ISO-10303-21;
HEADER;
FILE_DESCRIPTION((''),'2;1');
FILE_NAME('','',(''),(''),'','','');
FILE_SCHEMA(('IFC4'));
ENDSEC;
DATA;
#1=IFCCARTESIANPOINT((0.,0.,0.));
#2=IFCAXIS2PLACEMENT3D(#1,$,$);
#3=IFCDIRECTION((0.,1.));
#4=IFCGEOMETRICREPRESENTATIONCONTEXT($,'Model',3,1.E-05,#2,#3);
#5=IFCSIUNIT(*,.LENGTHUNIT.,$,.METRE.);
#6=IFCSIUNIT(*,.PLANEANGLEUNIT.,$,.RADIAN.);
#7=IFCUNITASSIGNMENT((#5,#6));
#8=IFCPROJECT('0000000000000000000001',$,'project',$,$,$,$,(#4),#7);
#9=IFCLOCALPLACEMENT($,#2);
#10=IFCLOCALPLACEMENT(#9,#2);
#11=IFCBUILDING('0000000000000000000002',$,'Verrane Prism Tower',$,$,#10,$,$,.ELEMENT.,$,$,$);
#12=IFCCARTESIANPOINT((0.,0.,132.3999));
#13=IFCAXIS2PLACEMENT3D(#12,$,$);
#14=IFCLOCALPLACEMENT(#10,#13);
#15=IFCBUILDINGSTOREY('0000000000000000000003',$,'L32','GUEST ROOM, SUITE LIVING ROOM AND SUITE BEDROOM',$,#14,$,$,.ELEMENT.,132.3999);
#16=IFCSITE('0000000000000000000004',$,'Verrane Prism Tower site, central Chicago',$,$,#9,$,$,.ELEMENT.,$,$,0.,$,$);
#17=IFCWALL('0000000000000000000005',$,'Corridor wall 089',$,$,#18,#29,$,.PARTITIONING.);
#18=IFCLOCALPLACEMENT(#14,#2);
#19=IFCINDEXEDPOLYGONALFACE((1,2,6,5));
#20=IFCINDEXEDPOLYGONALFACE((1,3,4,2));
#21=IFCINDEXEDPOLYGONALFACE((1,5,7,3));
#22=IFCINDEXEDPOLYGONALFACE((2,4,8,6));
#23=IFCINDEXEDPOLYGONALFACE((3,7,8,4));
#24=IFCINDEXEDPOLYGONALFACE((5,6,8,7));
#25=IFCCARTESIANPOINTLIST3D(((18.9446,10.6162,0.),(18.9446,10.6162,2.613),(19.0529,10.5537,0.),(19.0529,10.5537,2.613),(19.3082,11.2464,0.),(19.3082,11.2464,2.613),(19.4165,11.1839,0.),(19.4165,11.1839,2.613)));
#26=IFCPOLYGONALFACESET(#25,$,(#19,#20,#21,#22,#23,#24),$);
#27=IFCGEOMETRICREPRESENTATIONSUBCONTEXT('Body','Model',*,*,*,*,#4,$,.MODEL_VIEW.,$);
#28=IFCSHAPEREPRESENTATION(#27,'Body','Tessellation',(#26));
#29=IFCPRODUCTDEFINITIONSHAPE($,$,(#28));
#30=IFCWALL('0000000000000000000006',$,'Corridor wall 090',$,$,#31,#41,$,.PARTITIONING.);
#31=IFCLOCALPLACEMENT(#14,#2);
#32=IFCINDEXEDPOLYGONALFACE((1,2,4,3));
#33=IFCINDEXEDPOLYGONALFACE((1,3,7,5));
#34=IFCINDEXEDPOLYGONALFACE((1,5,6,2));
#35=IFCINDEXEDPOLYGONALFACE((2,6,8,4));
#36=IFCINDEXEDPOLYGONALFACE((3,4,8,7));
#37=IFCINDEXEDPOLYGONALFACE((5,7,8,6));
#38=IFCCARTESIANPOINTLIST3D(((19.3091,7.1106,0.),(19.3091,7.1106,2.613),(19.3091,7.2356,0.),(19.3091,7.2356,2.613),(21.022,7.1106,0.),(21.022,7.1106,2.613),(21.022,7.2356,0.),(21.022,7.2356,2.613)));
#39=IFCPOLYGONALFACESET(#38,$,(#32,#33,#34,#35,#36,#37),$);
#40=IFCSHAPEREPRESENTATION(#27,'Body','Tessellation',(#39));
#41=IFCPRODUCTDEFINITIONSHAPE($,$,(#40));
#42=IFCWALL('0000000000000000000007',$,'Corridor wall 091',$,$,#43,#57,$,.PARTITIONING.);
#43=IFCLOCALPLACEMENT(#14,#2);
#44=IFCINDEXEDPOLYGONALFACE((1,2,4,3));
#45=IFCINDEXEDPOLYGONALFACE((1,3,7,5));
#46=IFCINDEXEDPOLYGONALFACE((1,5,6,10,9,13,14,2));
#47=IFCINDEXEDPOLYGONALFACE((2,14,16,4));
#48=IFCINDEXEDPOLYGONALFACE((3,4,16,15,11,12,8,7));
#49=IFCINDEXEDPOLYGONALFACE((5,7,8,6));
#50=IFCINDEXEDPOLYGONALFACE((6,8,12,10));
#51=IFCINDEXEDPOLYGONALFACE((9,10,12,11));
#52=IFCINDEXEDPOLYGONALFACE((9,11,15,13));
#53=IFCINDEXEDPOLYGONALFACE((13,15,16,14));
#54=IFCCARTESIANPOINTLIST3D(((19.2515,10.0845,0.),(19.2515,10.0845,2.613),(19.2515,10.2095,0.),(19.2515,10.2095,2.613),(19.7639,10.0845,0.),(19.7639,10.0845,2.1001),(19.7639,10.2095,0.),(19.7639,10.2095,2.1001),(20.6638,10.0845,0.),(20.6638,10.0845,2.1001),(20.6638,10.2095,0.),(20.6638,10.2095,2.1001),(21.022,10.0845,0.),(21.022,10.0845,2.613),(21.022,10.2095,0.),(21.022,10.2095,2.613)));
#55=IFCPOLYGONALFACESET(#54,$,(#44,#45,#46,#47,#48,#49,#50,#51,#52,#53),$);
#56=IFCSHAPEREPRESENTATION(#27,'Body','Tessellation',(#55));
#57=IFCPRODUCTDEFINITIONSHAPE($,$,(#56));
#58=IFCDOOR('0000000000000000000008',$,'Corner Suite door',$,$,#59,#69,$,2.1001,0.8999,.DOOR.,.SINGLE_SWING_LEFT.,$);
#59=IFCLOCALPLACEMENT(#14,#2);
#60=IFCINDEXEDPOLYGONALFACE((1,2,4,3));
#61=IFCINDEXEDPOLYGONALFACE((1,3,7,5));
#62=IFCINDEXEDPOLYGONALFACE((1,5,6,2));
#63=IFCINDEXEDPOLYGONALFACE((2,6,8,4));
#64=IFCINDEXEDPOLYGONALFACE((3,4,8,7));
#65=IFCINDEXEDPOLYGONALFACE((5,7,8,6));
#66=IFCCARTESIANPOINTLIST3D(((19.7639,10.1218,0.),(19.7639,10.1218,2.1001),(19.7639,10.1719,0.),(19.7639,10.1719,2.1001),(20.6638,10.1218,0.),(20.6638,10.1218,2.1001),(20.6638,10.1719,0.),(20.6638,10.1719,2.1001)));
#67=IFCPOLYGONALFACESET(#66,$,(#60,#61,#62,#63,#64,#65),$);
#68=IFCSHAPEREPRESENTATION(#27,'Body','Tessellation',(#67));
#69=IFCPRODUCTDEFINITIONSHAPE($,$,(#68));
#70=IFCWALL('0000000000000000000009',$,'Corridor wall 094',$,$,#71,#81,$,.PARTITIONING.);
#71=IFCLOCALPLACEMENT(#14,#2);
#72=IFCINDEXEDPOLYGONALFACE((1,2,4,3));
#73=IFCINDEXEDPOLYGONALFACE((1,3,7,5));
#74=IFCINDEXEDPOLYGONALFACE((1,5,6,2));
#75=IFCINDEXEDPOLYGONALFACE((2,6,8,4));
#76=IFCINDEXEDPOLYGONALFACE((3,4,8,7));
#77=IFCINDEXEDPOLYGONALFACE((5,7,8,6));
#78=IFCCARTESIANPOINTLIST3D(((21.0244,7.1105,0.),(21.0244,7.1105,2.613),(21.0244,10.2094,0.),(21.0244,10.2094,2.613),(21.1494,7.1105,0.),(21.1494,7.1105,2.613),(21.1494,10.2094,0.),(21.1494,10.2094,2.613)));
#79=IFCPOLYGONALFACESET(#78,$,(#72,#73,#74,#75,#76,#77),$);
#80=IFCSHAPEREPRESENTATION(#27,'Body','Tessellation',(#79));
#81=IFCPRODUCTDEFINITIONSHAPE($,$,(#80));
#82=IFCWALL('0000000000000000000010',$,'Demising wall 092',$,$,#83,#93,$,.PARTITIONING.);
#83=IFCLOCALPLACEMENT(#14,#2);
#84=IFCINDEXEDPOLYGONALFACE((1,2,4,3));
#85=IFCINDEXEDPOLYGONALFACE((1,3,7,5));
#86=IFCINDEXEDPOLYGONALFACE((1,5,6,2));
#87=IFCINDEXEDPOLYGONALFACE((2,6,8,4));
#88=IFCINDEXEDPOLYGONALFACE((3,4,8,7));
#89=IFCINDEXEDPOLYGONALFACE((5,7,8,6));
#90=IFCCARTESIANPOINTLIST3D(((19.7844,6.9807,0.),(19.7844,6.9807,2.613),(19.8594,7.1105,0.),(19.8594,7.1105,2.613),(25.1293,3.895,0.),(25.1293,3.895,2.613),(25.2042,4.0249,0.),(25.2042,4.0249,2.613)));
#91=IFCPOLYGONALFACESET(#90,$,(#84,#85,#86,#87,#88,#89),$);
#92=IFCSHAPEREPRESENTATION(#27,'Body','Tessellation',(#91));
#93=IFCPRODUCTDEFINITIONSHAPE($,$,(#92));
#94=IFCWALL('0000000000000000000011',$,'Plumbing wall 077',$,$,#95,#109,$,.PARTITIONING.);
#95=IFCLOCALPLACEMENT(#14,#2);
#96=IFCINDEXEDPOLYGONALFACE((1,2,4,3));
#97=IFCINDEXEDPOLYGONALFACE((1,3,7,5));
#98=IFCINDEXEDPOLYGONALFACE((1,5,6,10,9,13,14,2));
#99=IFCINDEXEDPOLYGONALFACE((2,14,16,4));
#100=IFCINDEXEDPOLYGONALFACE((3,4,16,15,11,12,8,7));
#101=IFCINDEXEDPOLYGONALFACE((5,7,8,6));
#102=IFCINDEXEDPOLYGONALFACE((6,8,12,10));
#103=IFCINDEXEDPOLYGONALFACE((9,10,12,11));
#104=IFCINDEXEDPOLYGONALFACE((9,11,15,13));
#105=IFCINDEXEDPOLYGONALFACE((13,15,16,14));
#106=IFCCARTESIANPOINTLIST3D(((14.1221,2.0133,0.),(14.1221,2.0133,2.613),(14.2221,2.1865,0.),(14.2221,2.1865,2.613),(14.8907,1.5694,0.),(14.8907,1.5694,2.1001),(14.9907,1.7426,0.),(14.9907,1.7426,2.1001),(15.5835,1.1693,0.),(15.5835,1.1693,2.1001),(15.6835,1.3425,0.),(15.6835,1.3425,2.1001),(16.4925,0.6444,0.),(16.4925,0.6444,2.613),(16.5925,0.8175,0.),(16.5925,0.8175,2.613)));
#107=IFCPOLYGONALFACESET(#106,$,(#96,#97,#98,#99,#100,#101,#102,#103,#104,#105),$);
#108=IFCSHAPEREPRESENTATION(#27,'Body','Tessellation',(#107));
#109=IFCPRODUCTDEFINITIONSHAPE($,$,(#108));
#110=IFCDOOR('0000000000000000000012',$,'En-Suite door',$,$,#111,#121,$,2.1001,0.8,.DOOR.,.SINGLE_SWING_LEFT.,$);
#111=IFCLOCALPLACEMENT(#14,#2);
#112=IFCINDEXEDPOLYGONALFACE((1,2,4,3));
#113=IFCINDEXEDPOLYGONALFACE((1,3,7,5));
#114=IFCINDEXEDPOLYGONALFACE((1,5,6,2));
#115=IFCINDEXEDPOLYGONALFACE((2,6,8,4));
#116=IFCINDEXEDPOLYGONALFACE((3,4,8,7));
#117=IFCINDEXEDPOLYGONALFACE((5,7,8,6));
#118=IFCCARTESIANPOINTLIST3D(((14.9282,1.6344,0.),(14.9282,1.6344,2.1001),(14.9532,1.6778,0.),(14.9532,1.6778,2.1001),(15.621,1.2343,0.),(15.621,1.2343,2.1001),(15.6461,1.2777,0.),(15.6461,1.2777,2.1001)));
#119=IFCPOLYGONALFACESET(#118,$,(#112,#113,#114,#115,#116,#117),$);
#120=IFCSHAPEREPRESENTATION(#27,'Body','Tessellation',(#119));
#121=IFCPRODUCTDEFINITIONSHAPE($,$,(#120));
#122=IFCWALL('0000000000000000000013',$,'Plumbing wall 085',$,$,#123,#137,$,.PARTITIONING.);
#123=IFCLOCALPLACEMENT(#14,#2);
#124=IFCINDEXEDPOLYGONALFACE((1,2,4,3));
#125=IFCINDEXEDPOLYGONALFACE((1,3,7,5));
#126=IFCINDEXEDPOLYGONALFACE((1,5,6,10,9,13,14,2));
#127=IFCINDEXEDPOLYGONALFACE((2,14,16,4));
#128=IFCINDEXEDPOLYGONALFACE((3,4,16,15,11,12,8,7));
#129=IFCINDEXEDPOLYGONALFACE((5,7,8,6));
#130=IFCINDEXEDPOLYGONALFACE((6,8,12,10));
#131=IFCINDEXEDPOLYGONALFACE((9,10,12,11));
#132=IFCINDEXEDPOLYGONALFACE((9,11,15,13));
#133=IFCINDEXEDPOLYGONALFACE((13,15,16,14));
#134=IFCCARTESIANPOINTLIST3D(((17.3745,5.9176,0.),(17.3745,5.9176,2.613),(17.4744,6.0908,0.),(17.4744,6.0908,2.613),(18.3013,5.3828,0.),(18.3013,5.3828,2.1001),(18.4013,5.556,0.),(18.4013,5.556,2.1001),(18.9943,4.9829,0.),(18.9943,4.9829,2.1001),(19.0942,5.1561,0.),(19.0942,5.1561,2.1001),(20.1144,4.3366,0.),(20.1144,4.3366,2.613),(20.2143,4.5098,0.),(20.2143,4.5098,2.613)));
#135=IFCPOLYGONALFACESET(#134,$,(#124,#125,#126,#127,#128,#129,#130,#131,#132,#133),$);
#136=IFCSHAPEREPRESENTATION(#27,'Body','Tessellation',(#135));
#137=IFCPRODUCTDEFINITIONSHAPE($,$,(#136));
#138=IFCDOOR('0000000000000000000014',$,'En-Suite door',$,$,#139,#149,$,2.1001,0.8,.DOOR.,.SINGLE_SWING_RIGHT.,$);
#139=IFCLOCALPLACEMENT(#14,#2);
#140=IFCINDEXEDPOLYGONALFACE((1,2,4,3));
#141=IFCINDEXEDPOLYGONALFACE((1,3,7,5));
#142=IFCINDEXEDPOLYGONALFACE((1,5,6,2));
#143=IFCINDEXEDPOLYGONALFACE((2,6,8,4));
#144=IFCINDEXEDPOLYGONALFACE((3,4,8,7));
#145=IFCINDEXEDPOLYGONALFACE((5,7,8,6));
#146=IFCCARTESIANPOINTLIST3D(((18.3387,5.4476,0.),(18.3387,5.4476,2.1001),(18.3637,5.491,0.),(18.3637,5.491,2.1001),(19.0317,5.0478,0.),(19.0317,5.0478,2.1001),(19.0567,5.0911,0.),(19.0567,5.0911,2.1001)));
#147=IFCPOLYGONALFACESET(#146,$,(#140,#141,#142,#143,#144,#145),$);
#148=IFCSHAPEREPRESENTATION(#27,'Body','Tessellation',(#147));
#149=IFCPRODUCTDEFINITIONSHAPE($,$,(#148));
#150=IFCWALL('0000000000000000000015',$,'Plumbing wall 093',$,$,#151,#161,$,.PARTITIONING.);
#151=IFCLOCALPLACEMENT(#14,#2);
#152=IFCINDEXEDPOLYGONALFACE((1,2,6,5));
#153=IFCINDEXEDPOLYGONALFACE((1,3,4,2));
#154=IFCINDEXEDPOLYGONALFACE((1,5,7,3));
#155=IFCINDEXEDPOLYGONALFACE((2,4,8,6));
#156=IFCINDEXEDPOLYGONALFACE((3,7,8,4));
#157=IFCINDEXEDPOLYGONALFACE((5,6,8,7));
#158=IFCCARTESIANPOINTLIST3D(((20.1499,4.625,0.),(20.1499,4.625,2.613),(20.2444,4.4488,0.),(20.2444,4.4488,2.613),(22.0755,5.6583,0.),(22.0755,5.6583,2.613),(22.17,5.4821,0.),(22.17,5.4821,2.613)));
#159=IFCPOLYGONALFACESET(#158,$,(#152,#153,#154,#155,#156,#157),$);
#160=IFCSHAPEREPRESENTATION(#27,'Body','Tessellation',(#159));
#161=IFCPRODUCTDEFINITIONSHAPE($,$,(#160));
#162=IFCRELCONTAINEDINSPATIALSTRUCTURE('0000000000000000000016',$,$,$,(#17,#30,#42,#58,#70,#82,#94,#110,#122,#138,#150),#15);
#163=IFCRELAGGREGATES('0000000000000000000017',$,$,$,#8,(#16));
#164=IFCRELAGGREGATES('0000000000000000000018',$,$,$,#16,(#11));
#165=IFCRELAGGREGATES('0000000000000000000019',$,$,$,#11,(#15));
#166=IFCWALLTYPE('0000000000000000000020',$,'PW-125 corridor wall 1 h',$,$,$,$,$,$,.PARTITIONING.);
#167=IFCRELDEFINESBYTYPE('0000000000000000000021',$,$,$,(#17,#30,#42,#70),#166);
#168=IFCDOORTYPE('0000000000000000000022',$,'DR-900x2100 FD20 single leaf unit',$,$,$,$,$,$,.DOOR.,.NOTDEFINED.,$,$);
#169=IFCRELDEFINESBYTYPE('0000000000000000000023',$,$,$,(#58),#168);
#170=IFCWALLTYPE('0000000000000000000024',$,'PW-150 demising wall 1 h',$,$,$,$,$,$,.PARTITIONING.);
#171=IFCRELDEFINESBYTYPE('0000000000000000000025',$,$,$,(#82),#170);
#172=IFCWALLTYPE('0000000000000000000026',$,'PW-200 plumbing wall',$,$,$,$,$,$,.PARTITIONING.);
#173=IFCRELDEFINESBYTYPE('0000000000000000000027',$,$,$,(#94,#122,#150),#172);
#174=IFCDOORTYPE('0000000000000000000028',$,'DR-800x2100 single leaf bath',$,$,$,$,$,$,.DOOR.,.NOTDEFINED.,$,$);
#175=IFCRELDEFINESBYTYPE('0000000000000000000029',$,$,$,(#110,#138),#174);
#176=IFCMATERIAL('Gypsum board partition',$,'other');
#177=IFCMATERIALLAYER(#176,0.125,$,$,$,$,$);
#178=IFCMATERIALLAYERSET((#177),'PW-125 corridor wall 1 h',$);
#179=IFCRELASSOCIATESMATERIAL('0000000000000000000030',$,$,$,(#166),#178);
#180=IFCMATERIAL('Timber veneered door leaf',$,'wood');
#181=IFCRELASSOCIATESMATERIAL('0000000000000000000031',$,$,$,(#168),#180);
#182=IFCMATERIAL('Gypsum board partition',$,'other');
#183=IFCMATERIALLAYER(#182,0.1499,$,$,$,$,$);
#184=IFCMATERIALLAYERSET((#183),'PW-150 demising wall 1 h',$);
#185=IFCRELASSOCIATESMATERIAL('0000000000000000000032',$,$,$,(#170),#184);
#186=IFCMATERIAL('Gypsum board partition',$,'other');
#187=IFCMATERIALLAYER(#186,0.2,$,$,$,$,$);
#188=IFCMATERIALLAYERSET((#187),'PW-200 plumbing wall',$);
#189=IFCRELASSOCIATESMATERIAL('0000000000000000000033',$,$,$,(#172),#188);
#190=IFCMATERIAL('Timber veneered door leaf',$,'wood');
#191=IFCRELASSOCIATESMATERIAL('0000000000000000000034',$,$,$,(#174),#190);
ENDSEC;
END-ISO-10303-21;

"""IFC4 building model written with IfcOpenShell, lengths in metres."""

from ifc_helpers import new_model, si_unit, direction, frame, frame_2d, origin, place, context, subcontext, project, spatial, rectangle, extrude, material, layer, layer_set, type_object, element, fill, save


model = new_model("IFC4")

# Units and contexts
model_context = context("Model", 3, precision=1e-05, world=origin(), true_north=direction((0.0, 1.0)))
body_context = subcontext(model_context, "Body", "Model", "MODEL_VIEW")
ifc_project = project(units=[si_unit("LENGTHUNIT", "METRE"), si_unit("PLANEANGLEUNIT", "RADIAN")], contexts=[model_context])

# Site, building, storey
site_placement = place(None, origin())
site = spatial("IfcSite", under=ifc_project, at=site_placement, Name="Verrane Prism Tower site, central Chicago", CompositionType="ELEMENT", RefElevation=0.0)
building_placement = place(site_placement, origin())
building = spatial("IfcBuilding", under=site, at=building_placement, Name="Verrane Prism Tower", CompositionType="ELEMENT")
storey_placement = place(building_placement, frame((0.0, 0.0, 132.3999)))
storey = spatial("IfcBuildingStorey", under=building, at=storey_placement, Name="L32", Description="GUEST ROOM, SUITE LIVING ROOM AND SUITE BEDROOM", CompositionType="ELEMENT", Elevation=132.3999)

# Shared definitions
ifc_material_1 = material(Name="Gypsum board partition", Category="other")
ifc_layer_1 = layer(ifc_material_1, 0.125)
ifc_layer_set_1 = layer_set([ifc_layer_1], Name="PW-125 corridor wall 1 h")
wall_type_1 = type_object("IfcWallType", Name="PW-125 corridor wall 1 h", PredefinedType="PARTITIONING", material=ifc_layer_set_1)
ifc_material_2 = material(Name="Timber veneered door leaf", Category="wood")
door_type_1 = type_object("IfcDoorType", Name="DR-900x2100 FD20 single leaf unit", OperationType="NOTDEFINED", PredefinedType="DOOR", material=ifc_material_2)

# Walls
wall_1_placement = place(storey_placement, frame((18.9988, 10.585, 0.0), z_axis=(0.0, 0.0, 1.0), x_axis=(0.499713, 0.866191, 0.0)))
element("IfcWall", 1, at=wall_1_placement, inside=storey, type_object=wall_type_1, Name="Corridor wall 089", PredefinedType="PARTITIONING", context=body_context, shape_type="SweptSolid", body=[
    extrude(rectangle(XDim=0.7275, YDim=0.125, at=frame_2d((0.3638, 0.0))), origin(), (0.0, 0.0, 1.0), 2.613),
])
wall_2_placement = place(storey_placement, frame((19.3091, 7.1731, 0.0), z_axis=(0.0, 0.0, 1.0), x_axis=(1.0, 0.0, 0.0)))
element("IfcWall", 2, at=wall_2_placement, inside=storey, type_object=wall_type_1, Name="Corridor wall 090", PredefinedType="PARTITIONING", context=body_context, shape_type="SweptSolid", body=[
    extrude(rectangle(XDim=1.7129, YDim=0.125, at=frame_2d((0.8564, 0.0))), origin(), (0.0, 0.0, 1.0), 2.613),
])

# Wall, opening, door
wall_3_placement = place(storey_placement, frame((19.2515, 10.147, 0.0), z_axis=(0.0, 0.0, 1.0), x_axis=(1.0, 0.0, 0.0)))
wall_3 = element("IfcWall", 3, at=wall_3_placement, inside=storey, type_object=wall_type_1, Name="Corridor wall 091", PredefinedType="PARTITIONING", context=body_context, shape_type="SweptSolid", body=[
    extrude(rectangle(XDim=1.7705, YDim=0.125, at=frame_2d((0.8853, 0.0))), origin(), (0.0, 0.0, 1.0), 2.613),
])
opening_1_placement = place(wall_3_placement, frame((0.5125, 0.0, 0.0)))
opening_1 = element("IfcOpeningElement", 4, at=opening_1_placement, cuts=wall_3, PredefinedType="OPENING", context=body_context, shape_type="SweptSolid", body=[
    extrude(rectangle(XDim=0.8999, YDim=2.1001, at=frame_2d((0.45, 1.05))), frame((0.0, 0.0725, 0.0), z_axis=(0.0, -1.0, 0.0), x_axis=(1.0, 0.0, 0.0)), (0.0, 0.0, 1.0), 0.145),
])
door_1_placement = place(opening_1_placement, origin())
door_1 = element("IfcDoor", 5, at=door_1_placement, inside=storey, type_object=door_type_1, Name="Corner Suite door", OperationType="SINGLE_SWING_LEFT", OverallHeight=2.1001, OverallWidth=0.8999, PredefinedType="DOOR", context=body_context, shape_type="SweptSolid", body=[
    extrude(rectangle(XDim=0.8999, YDim=2.1001, at=frame_2d((0.45, 1.05))), frame((0.0, 0.0249, 0.0), z_axis=(0.0, -1.0, 0.0), x_axis=(1.0, 0.0, 0.0)), (0.0, 0.0, 1.0), 0.05),
])
fill(opening_1, door_1)

# Walls
wall_4_placement = place(storey_placement, frame((21.0869, 7.1106, 0.0), z_axis=(0.0, 0.0, 1.0), x_axis=(0.0, 1.0, 0.0)))
element("IfcWall", 6, at=wall_4_placement, inside=storey, type_object=wall_type_1, Name="Corridor wall 094", PredefinedType="PARTITIONING", context=body_context, shape_type="SweptSolid", body=[
    extrude(rectangle(XDim=3.0989, YDim=0.125, at=frame_2d((1.5493, 0.0))), origin(), (0.0, 0.0, 1.0), 2.613),
])
ifc_material_3 = material(Name="Gypsum board partition", Category="other")
ifc_layer_2 = layer(ifc_material_3, 0.1499)
ifc_layer_set_2 = layer_set([ifc_layer_2], Name="PW-150 demising wall 1 h")
wall_type_2 = type_object("IfcWallType", Name="PW-150 demising wall 1 h", PredefinedType="PARTITIONING", material=ifc_layer_set_2)
wall_5_placement = place(storey_placement, frame((19.8218, 7.0457, 0.0), z_axis=(0.0, 0.0, 1.0), x_axis=(0.866041, -0.499972, 0.0)))
element("IfcWall", 7, at=wall_5_placement, inside=storey, type_object=wall_type_2, Name="Demising wall 092", PredefinedType="PARTITIONING", context=body_context, shape_type="SweptSolid", body=[
    extrude(rectangle(XDim=6.1716, YDim=0.1499, at=frame_2d((3.0859, 0.0))), origin(), (0.0, 0.0, 1.0), 2.613),
])

# Walls, openings, doors
ifc_material_4 = material(Name="Gypsum board partition", Category="other")
ifc_layer_3 = layer(ifc_material_4, 0.2)
ifc_layer_set_3 = layer_set([ifc_layer_3], Name="PW-200 plumbing wall")
wall_type_3 = type_object("IfcWallType", Name="PW-200 plumbing wall", PredefinedType="PARTITIONING", material=ifc_layer_set_3)
wall_6_placement = place(storey_placement, frame((16.5425, 0.731, 0.0), z_axis=(0.0, 0.0, 1.0), x_axis=(-0.865967, 0.500101, 0.0)))
wall_6 = element("IfcWall", 8, at=wall_6_placement, inside=storey, type_object=wall_type_3, Name="Plumbing wall 077", PredefinedType="PARTITIONING", context=body_context, shape_type="SweptSolid", body=[
    extrude(rectangle(XDim=2.7373, YDim=0.2, at=frame_2d((1.3687, 0.0))), origin(), (0.0, 0.0, 1.0), 2.613),
])
opening_2_placement = place(wall_6_placement, frame((1.0498, 0.0, 0.0)))
opening_2 = element("IfcOpeningElement", 9, at=opening_2_placement, cuts=wall_6, PredefinedType="OPENING", context=body_context, shape_type="SweptSolid", body=[
    extrude(rectangle(XDim=0.8, YDim=2.1001, at=frame_2d((0.3999, 1.05))), frame((0.0, 0.1099, 0.0), z_axis=(0.0, -1.0, 0.0), x_axis=(1.0, 0.0, 0.0)), (0.0, 0.0, 1.0), 0.22),
])
ifc_material_5 = material(Name="Timber veneered door leaf", Category="wood")
door_type_2 = type_object("IfcDoorType", Name="DR-800x2100 single leaf bath", OperationType="NOTDEFINED", PredefinedType="DOOR", material=ifc_material_5)
door_2_placement = place(opening_2_placement, origin())
door_2 = element("IfcDoor", 10, at=door_2_placement, inside=storey, type_object=door_type_2, Name="En-Suite door", OperationType="SINGLE_SWING_LEFT", OverallHeight=2.1001, OverallWidth=0.8, PredefinedType="DOOR", context=body_context, shape_type="SweptSolid", body=[
    extrude(rectangle(XDim=0.8, YDim=2.1001, at=frame_2d((0.3999, 1.05))), frame((0.0, 0.0249, 0.0), z_axis=(0.0, -1.0, 0.0), x_axis=(1.0, 0.0, 0.0)), (0.0, 0.0, 1.0), 0.05),
])
fill(opening_2, door_2)
wall_7_placement = place(storey_placement, frame((17.4246, 6.0042, 0.0), z_axis=(0.0, 0.0, 1.0), x_axis=(0.866146, -0.499791, 0.0)))
wall_7 = element("IfcWall", 11, at=wall_7_placement, inside=storey, type_object=wall_type_3, Name="Plumbing wall 085", PredefinedType="PARTITIONING", context=body_context, shape_type="SweptSolid", body=[
    extrude(rectangle(XDim=3.1633, YDim=0.2, at=frame_2d((1.5815, 0.0))), origin(), (0.0, 0.0, 1.0), 2.613),
])
opening_3_placement = place(wall_7_placement, frame((1.0701, 0.0, 0.0)))
opening_3 = element("IfcOpeningElement", 12, at=opening_3_placement, cuts=wall_7, PredefinedType="OPENING", context=body_context, shape_type="SweptSolid", body=[
    extrude(rectangle(XDim=0.8, YDim=2.1001, at=frame_2d((0.3999, 1.05))), frame((0.0, 0.1099, 0.0), z_axis=(0.0, -1.0, 0.0), x_axis=(1.0, 0.0, 0.0)), (0.0, 0.0, 1.0), 0.22),
])
door_3_placement = place(opening_3_placement, origin())
door_3 = element("IfcDoor", 13, at=door_3_placement, inside=storey, type_object=door_type_2, Name="En-Suite door", OperationType="SINGLE_SWING_RIGHT", OverallHeight=2.1001, OverallWidth=0.8, PredefinedType="DOOR", context=body_context, shape_type="SweptSolid", body=[
    extrude(rectangle(XDim=0.8, YDim=2.1001, at=frame_2d((0.3999, 1.05))), frame((0.0, 0.0249, 0.0), z_axis=(0.0, -1.0, 0.0), x_axis=(1.0, 0.0, 0.0)), (0.0, 0.0, 1.0), 0.05),
])
fill(opening_3, door_3)

# Wall
wall_8_placement = place(storey_placement, frame((20.197, 4.5369, 0.0), z_axis=(0.0, 0.0, 1.0), x_axis=(0.881163, 0.472813, 0.0)))
element("IfcWall", 14, at=wall_8_placement, inside=storey, type_object=wall_type_3, Name="Plumbing wall 093", PredefinedType="PARTITIONING", context=body_context, shape_type="SweptSolid", body=[
    extrude(rectangle(XDim=2.1853, YDim=0.2, at=frame_2d((1.0928, 0.0))), origin(), (0.0, 0.0, 1.0), 2.613),
])

save(model, "model.ifc")
